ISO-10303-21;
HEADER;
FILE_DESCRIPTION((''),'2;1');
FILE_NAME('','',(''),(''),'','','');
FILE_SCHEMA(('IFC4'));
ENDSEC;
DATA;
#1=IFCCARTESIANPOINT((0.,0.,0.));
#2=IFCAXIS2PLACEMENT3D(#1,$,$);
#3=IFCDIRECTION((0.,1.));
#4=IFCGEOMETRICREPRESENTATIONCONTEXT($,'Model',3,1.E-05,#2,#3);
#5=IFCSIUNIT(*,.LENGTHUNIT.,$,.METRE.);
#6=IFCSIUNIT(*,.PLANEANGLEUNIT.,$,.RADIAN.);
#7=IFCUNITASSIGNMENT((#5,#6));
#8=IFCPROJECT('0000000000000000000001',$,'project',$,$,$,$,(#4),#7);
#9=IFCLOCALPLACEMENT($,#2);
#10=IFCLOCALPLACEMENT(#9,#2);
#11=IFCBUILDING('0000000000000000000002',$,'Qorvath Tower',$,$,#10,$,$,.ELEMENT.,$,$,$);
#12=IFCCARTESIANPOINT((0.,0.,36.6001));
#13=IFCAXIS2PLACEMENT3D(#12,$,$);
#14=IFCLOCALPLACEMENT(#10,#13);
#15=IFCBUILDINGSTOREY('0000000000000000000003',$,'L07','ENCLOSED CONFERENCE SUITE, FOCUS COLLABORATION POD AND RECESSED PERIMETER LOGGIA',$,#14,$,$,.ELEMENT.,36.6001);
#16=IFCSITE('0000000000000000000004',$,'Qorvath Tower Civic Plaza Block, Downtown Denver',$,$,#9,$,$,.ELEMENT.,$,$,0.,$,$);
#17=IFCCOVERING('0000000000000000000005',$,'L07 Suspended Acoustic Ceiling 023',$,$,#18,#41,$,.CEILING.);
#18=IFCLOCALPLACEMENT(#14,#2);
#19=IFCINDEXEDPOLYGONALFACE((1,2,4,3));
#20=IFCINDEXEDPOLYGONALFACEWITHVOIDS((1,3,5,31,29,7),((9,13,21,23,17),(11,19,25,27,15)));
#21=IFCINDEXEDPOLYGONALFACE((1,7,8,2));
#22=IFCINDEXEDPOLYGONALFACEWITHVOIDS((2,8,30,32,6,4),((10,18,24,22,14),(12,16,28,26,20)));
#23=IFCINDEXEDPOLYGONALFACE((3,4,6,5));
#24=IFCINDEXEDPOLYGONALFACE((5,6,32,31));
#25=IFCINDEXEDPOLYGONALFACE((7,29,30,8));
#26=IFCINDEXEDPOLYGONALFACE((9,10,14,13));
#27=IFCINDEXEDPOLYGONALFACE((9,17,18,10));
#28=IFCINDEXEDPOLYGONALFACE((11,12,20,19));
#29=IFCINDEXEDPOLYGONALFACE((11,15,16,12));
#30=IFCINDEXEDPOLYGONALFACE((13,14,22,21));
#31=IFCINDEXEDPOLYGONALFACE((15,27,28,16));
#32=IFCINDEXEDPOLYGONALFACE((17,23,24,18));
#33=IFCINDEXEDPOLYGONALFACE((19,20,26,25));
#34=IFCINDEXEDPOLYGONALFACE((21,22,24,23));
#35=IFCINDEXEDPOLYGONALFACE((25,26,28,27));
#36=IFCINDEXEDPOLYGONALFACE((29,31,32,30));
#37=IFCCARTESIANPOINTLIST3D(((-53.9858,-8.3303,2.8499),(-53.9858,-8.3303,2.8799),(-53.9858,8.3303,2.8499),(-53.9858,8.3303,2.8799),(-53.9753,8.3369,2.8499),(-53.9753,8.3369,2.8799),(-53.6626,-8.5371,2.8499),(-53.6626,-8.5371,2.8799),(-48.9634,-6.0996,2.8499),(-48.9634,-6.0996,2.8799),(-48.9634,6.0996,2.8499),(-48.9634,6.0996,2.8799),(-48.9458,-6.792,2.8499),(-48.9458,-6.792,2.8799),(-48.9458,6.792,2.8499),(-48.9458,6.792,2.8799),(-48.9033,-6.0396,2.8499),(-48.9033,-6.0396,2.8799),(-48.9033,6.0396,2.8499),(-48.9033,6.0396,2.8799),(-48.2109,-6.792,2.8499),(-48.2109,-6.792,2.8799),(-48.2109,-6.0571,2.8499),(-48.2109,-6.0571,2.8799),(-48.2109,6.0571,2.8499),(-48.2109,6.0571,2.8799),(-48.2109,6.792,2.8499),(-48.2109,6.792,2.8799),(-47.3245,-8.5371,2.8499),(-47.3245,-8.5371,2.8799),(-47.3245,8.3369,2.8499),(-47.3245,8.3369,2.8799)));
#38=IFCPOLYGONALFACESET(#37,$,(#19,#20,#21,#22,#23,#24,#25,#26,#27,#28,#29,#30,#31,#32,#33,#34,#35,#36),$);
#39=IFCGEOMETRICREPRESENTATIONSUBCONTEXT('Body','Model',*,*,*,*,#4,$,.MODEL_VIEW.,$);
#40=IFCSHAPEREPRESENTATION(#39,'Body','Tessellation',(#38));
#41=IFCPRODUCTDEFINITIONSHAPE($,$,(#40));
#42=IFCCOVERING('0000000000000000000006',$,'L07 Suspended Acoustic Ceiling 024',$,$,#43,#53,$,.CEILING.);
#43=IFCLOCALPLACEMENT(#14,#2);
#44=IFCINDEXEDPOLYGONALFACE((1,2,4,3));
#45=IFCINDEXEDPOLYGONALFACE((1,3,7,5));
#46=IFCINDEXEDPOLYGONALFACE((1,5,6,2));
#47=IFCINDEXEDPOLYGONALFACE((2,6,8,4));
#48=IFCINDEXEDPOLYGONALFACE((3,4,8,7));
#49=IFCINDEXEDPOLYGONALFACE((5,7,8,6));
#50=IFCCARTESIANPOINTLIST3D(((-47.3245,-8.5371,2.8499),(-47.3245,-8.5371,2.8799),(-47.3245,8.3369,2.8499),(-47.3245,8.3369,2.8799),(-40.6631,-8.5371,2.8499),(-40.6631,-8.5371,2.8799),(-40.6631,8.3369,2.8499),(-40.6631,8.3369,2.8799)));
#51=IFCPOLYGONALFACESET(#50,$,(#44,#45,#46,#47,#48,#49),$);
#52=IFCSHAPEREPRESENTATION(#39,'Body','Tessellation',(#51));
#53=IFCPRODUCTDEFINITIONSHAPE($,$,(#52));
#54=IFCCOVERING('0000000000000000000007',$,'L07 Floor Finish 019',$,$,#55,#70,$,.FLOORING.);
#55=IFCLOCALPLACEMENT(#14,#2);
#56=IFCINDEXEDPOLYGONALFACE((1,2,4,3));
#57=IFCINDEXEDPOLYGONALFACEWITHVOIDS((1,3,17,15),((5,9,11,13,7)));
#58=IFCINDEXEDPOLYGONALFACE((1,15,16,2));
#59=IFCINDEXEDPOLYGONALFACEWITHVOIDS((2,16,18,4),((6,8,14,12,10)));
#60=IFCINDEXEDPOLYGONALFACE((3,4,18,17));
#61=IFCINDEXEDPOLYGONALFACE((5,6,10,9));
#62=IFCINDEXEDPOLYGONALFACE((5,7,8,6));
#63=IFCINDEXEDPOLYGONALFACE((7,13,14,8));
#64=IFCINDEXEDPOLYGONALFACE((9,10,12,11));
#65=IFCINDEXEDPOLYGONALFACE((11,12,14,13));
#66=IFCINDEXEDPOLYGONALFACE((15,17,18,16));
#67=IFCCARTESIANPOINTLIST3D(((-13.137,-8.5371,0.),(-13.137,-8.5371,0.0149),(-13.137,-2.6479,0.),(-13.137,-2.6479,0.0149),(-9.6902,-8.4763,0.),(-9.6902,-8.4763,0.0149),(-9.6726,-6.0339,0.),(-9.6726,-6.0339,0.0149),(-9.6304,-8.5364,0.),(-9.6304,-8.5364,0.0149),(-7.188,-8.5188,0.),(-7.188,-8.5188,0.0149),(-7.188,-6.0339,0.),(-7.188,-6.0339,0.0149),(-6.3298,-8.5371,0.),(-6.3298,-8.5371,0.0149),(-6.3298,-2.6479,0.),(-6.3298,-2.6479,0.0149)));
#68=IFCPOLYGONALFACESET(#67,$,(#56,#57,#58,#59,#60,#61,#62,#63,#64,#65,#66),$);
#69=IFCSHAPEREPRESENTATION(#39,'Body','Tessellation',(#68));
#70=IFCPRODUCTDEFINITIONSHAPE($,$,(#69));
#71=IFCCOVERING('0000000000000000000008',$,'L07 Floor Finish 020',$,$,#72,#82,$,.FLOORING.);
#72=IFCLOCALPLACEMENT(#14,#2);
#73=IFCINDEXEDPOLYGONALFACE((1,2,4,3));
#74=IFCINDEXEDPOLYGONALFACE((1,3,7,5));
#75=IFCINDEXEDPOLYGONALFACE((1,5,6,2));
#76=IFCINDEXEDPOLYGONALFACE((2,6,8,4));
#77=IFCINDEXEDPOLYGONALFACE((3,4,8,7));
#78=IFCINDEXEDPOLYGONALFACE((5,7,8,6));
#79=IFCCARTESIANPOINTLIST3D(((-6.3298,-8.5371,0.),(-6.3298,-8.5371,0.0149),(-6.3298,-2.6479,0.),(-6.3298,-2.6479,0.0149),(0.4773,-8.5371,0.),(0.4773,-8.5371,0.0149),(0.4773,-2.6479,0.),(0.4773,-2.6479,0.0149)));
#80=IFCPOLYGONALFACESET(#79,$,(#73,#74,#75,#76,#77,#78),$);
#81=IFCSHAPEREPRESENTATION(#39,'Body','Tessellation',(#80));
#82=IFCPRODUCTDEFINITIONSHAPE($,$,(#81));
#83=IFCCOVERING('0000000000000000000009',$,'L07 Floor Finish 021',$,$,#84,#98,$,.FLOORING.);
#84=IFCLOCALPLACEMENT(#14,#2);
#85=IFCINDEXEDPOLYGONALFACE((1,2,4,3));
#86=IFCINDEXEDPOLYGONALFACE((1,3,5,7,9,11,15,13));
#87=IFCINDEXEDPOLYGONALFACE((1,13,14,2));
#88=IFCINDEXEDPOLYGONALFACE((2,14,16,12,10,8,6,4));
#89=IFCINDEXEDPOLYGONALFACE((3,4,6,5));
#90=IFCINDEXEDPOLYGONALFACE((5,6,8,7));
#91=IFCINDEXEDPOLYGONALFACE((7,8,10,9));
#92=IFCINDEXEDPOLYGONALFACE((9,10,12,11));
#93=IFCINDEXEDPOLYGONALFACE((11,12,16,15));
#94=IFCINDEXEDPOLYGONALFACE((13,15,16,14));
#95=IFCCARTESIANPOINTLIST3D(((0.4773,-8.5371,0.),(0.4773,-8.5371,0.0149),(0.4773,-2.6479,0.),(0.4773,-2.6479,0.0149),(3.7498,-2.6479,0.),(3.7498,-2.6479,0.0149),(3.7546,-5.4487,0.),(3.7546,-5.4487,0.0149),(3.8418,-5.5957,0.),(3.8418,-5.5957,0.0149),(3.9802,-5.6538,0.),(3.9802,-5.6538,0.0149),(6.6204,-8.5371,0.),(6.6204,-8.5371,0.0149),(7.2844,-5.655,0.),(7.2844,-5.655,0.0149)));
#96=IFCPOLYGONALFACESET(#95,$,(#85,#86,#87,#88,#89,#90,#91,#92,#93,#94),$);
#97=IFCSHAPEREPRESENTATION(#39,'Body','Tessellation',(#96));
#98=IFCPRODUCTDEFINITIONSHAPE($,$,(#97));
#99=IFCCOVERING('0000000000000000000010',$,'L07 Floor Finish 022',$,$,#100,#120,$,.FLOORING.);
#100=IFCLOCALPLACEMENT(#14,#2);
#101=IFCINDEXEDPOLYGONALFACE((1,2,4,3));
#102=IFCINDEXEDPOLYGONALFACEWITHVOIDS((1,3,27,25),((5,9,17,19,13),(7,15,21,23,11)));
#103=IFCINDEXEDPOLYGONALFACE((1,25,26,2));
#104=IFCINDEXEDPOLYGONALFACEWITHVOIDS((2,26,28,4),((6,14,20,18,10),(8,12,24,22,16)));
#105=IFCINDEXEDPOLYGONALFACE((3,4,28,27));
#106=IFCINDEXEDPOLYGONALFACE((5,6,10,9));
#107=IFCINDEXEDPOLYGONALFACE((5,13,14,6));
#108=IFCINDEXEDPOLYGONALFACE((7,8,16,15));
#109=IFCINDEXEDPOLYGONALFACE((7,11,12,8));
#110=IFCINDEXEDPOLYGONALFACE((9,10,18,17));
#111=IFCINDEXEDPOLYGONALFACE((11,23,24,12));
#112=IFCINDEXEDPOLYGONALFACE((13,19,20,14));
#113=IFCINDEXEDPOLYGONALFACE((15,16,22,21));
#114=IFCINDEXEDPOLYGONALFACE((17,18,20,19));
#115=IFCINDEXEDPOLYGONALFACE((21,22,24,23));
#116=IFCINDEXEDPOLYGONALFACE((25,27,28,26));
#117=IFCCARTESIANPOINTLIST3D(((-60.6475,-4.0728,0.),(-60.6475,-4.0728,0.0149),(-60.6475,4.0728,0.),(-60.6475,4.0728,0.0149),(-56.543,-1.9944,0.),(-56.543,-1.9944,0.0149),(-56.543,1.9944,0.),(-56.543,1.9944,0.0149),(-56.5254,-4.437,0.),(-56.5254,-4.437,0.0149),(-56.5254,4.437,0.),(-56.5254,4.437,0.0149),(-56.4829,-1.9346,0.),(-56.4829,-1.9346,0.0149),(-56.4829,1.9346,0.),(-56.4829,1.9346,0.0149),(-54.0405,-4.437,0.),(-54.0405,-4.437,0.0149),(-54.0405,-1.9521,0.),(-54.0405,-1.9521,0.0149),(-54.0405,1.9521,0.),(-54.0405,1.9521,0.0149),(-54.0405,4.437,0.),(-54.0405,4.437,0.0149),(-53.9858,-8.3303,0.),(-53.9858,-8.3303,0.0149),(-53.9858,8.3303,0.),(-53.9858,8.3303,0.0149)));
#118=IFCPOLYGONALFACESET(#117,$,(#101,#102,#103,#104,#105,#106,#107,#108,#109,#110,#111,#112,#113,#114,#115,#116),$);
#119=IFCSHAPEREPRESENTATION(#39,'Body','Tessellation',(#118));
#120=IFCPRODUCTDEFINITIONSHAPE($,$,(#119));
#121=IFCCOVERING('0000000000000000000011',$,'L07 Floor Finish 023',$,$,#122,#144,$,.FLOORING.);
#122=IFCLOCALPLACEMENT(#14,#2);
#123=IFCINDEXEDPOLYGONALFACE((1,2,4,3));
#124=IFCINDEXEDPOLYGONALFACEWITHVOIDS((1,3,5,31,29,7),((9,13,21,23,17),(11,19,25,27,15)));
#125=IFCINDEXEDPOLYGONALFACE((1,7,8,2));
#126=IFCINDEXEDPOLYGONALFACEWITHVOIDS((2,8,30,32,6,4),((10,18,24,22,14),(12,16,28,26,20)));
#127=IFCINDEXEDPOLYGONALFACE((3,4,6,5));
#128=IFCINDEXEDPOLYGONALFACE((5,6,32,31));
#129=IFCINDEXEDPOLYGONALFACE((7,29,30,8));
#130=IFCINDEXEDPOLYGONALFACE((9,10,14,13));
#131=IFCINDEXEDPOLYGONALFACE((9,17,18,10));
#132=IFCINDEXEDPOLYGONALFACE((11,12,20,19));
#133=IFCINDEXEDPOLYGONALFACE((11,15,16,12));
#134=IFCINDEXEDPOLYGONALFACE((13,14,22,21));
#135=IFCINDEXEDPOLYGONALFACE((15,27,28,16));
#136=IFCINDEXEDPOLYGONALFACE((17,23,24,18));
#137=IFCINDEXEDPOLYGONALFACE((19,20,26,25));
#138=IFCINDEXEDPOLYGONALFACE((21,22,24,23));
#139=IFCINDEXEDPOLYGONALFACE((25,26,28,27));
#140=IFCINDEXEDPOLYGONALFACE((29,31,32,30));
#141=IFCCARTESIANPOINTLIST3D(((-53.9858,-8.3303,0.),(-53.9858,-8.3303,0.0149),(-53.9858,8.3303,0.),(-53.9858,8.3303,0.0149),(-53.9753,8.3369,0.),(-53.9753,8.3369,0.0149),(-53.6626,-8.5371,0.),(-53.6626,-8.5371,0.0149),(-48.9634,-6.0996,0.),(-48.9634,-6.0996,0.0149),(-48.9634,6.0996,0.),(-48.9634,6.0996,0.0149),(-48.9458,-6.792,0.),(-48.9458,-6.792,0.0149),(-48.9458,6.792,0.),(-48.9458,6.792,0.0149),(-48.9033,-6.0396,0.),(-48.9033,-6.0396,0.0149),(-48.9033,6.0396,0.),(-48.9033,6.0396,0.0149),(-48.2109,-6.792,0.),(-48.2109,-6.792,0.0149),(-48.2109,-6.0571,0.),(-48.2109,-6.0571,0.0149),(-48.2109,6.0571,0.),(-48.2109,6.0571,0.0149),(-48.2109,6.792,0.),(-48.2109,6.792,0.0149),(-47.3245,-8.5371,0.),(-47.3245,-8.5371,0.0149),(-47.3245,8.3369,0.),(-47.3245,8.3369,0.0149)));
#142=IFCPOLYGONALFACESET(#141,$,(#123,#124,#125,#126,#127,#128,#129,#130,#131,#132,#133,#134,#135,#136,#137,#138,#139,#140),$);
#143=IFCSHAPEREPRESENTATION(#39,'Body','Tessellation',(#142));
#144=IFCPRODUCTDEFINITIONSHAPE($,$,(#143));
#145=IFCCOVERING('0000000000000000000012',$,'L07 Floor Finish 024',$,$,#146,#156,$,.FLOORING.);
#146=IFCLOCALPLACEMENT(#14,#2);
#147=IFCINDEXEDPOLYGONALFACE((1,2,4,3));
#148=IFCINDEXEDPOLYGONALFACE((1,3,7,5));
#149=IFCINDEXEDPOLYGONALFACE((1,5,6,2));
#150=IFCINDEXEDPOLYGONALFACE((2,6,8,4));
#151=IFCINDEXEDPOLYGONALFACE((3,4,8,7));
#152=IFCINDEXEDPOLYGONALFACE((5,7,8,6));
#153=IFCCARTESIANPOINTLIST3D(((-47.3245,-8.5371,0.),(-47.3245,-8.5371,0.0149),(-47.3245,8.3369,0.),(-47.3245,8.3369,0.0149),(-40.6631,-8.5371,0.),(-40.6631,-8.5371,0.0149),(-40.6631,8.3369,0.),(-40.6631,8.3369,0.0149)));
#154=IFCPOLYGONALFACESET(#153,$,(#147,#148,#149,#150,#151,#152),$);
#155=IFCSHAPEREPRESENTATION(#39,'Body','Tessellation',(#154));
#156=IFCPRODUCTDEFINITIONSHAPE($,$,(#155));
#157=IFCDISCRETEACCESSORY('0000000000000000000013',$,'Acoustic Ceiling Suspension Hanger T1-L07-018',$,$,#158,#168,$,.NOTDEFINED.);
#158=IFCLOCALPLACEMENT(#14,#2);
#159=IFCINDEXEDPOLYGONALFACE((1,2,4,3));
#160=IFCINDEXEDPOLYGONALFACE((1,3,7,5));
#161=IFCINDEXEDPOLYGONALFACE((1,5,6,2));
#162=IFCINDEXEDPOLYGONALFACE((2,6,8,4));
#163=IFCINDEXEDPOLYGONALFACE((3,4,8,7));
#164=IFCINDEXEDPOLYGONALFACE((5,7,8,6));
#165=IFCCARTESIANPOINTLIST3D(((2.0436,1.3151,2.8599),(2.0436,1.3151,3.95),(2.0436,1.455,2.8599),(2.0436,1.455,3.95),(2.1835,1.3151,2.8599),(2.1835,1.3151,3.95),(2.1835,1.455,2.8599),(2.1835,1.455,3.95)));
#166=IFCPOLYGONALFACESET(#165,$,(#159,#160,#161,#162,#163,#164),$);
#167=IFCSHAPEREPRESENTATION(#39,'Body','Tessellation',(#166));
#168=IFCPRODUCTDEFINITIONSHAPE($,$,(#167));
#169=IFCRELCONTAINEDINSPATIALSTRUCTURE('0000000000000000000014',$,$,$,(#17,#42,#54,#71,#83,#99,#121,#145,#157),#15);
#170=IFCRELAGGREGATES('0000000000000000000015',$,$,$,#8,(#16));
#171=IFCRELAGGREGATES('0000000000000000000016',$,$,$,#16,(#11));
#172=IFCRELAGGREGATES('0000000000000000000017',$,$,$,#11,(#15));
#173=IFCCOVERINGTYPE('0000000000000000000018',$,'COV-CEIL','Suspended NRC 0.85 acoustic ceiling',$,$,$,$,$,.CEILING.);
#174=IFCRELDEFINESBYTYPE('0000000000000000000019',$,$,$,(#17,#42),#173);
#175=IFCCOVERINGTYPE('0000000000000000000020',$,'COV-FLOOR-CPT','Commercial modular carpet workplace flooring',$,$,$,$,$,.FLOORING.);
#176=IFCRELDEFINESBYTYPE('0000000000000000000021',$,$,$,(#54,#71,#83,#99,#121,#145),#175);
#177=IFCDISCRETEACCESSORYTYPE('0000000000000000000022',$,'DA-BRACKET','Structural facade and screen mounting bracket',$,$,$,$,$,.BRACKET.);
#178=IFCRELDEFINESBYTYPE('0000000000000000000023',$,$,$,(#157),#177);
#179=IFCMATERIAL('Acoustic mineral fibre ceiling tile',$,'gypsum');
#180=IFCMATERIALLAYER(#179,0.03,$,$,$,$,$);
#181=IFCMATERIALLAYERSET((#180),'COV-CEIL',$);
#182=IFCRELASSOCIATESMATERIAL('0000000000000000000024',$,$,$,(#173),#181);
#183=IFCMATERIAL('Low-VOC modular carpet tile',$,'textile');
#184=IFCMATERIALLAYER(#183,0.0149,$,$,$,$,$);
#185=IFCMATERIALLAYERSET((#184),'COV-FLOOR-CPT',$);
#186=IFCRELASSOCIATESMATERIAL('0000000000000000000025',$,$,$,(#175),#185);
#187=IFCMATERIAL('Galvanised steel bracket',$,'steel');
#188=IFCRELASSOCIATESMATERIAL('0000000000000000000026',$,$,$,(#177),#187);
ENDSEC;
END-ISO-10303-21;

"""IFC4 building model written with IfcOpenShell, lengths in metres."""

from ifc_helpers import new_model, si_unit, direction, frame, origin, origin_2d, place, context, subcontext, project, spatial, polyline, rectangle, outline, extrude, material, layer, layer_set, type_object, element, save


model = new_model("IFC4")

# Units and contexts
model_context = context("Model", 3, precision=1e-05, world=origin(), true_north=direction((0.0, 1.0)))
body_context = subcontext(model_context, "Body", "Model", "MODEL_VIEW")
ifc_project = project(units=[si_unit("LENGTHUNIT", "METRE"), si_unit("PLANEANGLEUNIT", "RADIAN")], contexts=[model_context])

# Site, building, storey
site_placement = place(None, origin())
site = spatial("IfcSite", under=ifc_project, at=site_placement, Name="Qorvath Tower Civic Plaza Block, Downtown Denver", CompositionType="ELEMENT", RefElevation=0.0)
building_placement = place(site_placement, origin())
building = spatial("IfcBuilding", under=site, at=building_placement, Name="Qorvath Tower", CompositionType="ELEMENT")
storey_placement = place(building_placement, frame((0.0, 0.0, 36.6001)))
storey = spatial("IfcBuildingStorey", under=building, at=storey_placement, Name="L07", Description="ENCLOSED CONFERENCE SUITE, FOCUS COLLABORATION POD AND RECESSED PERIMETER LOGGIA", CompositionType="ELEMENT", Elevation=36.6001)

# Coverings
ifc_material_1 = material(Name="Acoustic mineral fibre ceiling tile", Category="gypsum")
ifc_layer_1 = layer(ifc_material_1, 0.03)
ifc_layer_set_1 = layer_set([ifc_layer_1], Name="COV-CEIL")
covering_type_1 = type_object("IfcCoveringType", Name="COV-CEIL", Description="Suspended NRC 0.85 acoustic ceiling", PredefinedType="CEILING", material=ifc_layer_set_1)
covering_1_placement = place(storey_placement, frame((0.0, 0.0, 2.8499)))
element("IfcCovering", 1, at=covering_1_placement, inside=storey, type_object=covering_type_1, Name="L07 Suspended Acoustic Ceiling 023", PredefinedType="CEILING", context=body_context, shape_type="SweptSolid", body=[
    extrude(outline(polyline([(-47.3245, -8.5371), (-47.3245, 8.3369), (-53.9753, 8.3369), (-53.9858, 8.3303), (-53.9858, -8.3303), (-53.6626, -8.5371), (-47.3245, -8.5371)]), holes=[polyline([(-48.9634, -6.0996), (-48.9033, -6.0396), (-48.2109, -6.0571), (-48.2109, -6.792), (-48.9458, -6.792), (-48.9634, -6.0996)]), polyline([(-48.9634, 6.0996), (-48.9458, 6.792), (-48.2109, 6.792), (-48.2109, 6.0571), (-48.9033, 6.0396), (-48.9634, 6.0996)])]), origin(), (0.0, 0.0, 1.0), 0.03),
])
covering_2_placement = place(storey_placement, frame((0.0, 0.0, 2.8499)))
element("IfcCovering", 2, at=covering_2_placement, inside=storey, type_object=covering_type_1, Name="L07 Suspended Acoustic Ceiling 024", PredefinedType="CEILING", context=body_context, shape_type="SweptSolid", body=[
    extrude(outline(polyline([(-40.6631, 8.3369), (-47.3245, 8.3369), (-47.3245, -8.5371), (-40.6631, -8.5371), (-40.6631, 8.3369)])), origin(), (0.0, 0.0, 1.0), 0.03),
])
ifc_material_2 = material(Name="Low-VOC modular carpet tile", Category="textile")
ifc_layer_2 = layer(ifc_material_2, 0.0149)
ifc_layer_set_2 = layer_set([ifc_layer_2], Name="COV-FLOOR-CPT")
covering_type_2 = type_object("IfcCoveringType", Name="COV-FLOOR-CPT", Description="Commercial modular carpet workplace flooring", PredefinedType="FLOORING", material=ifc_layer_set_2)
covering_3_placement = place(storey_placement, origin())
element("IfcCovering", 3, at=covering_3_placement, inside=storey, type_object=covering_type_2, Name="L07 Floor Finish 019", PredefinedType="FLOORING", context=body_context, shape_type="SweptSolid", body=[
    extrude(outline(polyline([(-6.3298, -8.5371), (-6.3298, -2.6479), (-13.137, -2.6479), (-13.137, -8.5371), (-6.3298, -8.5371)]), holes=[polyline([(-9.6902, -8.4763), (-9.6726, -6.0339), (-7.188, -6.0339), (-7.188, -8.5188), (-9.6304, -8.5364), (-9.6902, -8.4763)])]), origin(), (0.0, 0.0, 1.0), 0.0149),
])
covering_4_placement = place(storey_placement, origin())
element("IfcCovering", 4, at=covering_4_placement, inside=storey, type_object=covering_type_2, Name="L07 Floor Finish 020", PredefinedType="FLOORING", context=body_context, shape_type="SweptSolid", body=[
    extrude(outline(polyline([(0.4773, -8.5371), (0.4773, -2.6479), (-6.3298, -2.6479), (-6.3298, -8.5371), (0.4773, -8.5371)])), origin(), (0.0, 0.0, 1.0), 0.0149),
])
covering_5_placement = place(storey_placement, origin())
element("IfcCovering", 5, at=covering_5_placement, inside=storey, type_object=covering_type_2, Name="L07 Floor Finish 021", PredefinedType="FLOORING", context=body_context, shape_type="SweptSolid", body=[
    extrude(outline(polyline([(3.8418, -5.5957), (3.7546, -5.4487), (3.7498, -2.6479), (0.4773, -2.6479), (0.4773, -8.5371), (6.6204, -8.5371), (7.2844, -5.655), (3.9802, -5.6538), (3.8418, -5.5957)])), origin(), (0.0, 0.0, 1.0), 0.0149),
])
covering_6_placement = place(storey_placement, origin())
element("IfcCovering", 6, at=covering_6_placement, inside=storey, type_object=covering_type_2, Name="L07 Floor Finish 022", PredefinedType="FLOORING", context=body_context, shape_type="SweptSolid", body=[
    extrude(outline(polyline([(-53.9858, -8.3303), (-53.9858, 8.3303), (-60.6475, 4.0728), (-60.6475, -4.0728), (-53.9858, -8.3303)]), holes=[polyline([(-56.543, -1.9944), (-56.4829, -1.9346), (-54.0405, -1.9521), (-54.0405, -4.437), (-56.5254, -4.437), (-56.543, -1.9944)]), polyline([(-56.543, 1.9944), (-56.5254, 4.437), (-54.0405, 4.437), (-54.0405, 1.9521), (-56.4829, 1.9346), (-56.543, 1.9944)])]), origin(), (0.0, 0.0, 1.0), 0.0149),
])
covering_7_placement = place(storey_placement, origin())
element("IfcCovering", 7, at=covering_7_placement, inside=storey, type_object=covering_type_2, Name="L07 Floor Finish 023", PredefinedType="FLOORING", context=body_context, shape_type="SweptSolid", body=[
    extrude(outline(polyline([(-47.3245, -8.5371), (-47.3245, 8.3369), (-53.9753, 8.3369), (-53.9858, 8.3303), (-53.9858, -8.3303), (-53.6626, -8.5371), (-47.3245, -8.5371)]), holes=[polyline([(-48.9634, -6.0996), (-48.9033, -6.0396), (-48.2109, -6.0571), (-48.2109, -6.792), (-48.9458, -6.792), (-48.9634, -6.0996)]), polyline([(-48.9634, 6.0996), (-48.9458, 6.792), (-48.2109, 6.792), (-48.2109, 6.0571), (-48.9033, 6.0396), (-48.9634, 6.0996)])]), origin(), (0.0, 0.0, 1.0), 0.0149),
])
covering_8_placement = place(storey_placement, origin())
element("IfcCovering", 8, at=covering_8_placement, inside=storey, type_object=covering_type_2, Name="L07 Floor Finish 024", PredefinedType="FLOORING", context=body_context, shape_type="SweptSolid", body=[
    extrude(outline(polyline([(-40.6631, 8.3369), (-47.3245, 8.3369), (-47.3245, -8.5371), (-40.6631, -8.5371), (-40.6631, 8.3369)])), origin(), (0.0, 0.0, 1.0), 0.0149),
])

# Discrete accessory
ifc_material_3 = material(Name="Galvanised steel bracket", Category="steel")
discrete_accessory_type = type_object("IfcDiscreteAccessoryType", Name="DA-BRACKET", Description="Structural facade and screen mounting bracket", PredefinedType="BRACKET", material=ifc_material_3)
discrete_accessory_placement = place(storey_placement, frame((2.1135, 1.385, 2.8599), z_axis=(0.0, 0.0, 1.0), x_axis=(1.0, 0.0, 0.0)))
element("IfcDiscreteAccessory", 9, at=discrete_accessory_placement, inside=storey, type_object=discrete_accessory_type, Name="Acoustic Ceiling Suspension Hanger T1-L07-018", PredefinedType="NOTDEFINED", context=body_context, shape_type="SweptSolid", body=[
    extrude(rectangle(XDim=0.1399, YDim=0.1399, at=origin_2d()), origin(), (0.0, 0.0, 1.0), 1.0901),
])

save(model, "model.ifc")
